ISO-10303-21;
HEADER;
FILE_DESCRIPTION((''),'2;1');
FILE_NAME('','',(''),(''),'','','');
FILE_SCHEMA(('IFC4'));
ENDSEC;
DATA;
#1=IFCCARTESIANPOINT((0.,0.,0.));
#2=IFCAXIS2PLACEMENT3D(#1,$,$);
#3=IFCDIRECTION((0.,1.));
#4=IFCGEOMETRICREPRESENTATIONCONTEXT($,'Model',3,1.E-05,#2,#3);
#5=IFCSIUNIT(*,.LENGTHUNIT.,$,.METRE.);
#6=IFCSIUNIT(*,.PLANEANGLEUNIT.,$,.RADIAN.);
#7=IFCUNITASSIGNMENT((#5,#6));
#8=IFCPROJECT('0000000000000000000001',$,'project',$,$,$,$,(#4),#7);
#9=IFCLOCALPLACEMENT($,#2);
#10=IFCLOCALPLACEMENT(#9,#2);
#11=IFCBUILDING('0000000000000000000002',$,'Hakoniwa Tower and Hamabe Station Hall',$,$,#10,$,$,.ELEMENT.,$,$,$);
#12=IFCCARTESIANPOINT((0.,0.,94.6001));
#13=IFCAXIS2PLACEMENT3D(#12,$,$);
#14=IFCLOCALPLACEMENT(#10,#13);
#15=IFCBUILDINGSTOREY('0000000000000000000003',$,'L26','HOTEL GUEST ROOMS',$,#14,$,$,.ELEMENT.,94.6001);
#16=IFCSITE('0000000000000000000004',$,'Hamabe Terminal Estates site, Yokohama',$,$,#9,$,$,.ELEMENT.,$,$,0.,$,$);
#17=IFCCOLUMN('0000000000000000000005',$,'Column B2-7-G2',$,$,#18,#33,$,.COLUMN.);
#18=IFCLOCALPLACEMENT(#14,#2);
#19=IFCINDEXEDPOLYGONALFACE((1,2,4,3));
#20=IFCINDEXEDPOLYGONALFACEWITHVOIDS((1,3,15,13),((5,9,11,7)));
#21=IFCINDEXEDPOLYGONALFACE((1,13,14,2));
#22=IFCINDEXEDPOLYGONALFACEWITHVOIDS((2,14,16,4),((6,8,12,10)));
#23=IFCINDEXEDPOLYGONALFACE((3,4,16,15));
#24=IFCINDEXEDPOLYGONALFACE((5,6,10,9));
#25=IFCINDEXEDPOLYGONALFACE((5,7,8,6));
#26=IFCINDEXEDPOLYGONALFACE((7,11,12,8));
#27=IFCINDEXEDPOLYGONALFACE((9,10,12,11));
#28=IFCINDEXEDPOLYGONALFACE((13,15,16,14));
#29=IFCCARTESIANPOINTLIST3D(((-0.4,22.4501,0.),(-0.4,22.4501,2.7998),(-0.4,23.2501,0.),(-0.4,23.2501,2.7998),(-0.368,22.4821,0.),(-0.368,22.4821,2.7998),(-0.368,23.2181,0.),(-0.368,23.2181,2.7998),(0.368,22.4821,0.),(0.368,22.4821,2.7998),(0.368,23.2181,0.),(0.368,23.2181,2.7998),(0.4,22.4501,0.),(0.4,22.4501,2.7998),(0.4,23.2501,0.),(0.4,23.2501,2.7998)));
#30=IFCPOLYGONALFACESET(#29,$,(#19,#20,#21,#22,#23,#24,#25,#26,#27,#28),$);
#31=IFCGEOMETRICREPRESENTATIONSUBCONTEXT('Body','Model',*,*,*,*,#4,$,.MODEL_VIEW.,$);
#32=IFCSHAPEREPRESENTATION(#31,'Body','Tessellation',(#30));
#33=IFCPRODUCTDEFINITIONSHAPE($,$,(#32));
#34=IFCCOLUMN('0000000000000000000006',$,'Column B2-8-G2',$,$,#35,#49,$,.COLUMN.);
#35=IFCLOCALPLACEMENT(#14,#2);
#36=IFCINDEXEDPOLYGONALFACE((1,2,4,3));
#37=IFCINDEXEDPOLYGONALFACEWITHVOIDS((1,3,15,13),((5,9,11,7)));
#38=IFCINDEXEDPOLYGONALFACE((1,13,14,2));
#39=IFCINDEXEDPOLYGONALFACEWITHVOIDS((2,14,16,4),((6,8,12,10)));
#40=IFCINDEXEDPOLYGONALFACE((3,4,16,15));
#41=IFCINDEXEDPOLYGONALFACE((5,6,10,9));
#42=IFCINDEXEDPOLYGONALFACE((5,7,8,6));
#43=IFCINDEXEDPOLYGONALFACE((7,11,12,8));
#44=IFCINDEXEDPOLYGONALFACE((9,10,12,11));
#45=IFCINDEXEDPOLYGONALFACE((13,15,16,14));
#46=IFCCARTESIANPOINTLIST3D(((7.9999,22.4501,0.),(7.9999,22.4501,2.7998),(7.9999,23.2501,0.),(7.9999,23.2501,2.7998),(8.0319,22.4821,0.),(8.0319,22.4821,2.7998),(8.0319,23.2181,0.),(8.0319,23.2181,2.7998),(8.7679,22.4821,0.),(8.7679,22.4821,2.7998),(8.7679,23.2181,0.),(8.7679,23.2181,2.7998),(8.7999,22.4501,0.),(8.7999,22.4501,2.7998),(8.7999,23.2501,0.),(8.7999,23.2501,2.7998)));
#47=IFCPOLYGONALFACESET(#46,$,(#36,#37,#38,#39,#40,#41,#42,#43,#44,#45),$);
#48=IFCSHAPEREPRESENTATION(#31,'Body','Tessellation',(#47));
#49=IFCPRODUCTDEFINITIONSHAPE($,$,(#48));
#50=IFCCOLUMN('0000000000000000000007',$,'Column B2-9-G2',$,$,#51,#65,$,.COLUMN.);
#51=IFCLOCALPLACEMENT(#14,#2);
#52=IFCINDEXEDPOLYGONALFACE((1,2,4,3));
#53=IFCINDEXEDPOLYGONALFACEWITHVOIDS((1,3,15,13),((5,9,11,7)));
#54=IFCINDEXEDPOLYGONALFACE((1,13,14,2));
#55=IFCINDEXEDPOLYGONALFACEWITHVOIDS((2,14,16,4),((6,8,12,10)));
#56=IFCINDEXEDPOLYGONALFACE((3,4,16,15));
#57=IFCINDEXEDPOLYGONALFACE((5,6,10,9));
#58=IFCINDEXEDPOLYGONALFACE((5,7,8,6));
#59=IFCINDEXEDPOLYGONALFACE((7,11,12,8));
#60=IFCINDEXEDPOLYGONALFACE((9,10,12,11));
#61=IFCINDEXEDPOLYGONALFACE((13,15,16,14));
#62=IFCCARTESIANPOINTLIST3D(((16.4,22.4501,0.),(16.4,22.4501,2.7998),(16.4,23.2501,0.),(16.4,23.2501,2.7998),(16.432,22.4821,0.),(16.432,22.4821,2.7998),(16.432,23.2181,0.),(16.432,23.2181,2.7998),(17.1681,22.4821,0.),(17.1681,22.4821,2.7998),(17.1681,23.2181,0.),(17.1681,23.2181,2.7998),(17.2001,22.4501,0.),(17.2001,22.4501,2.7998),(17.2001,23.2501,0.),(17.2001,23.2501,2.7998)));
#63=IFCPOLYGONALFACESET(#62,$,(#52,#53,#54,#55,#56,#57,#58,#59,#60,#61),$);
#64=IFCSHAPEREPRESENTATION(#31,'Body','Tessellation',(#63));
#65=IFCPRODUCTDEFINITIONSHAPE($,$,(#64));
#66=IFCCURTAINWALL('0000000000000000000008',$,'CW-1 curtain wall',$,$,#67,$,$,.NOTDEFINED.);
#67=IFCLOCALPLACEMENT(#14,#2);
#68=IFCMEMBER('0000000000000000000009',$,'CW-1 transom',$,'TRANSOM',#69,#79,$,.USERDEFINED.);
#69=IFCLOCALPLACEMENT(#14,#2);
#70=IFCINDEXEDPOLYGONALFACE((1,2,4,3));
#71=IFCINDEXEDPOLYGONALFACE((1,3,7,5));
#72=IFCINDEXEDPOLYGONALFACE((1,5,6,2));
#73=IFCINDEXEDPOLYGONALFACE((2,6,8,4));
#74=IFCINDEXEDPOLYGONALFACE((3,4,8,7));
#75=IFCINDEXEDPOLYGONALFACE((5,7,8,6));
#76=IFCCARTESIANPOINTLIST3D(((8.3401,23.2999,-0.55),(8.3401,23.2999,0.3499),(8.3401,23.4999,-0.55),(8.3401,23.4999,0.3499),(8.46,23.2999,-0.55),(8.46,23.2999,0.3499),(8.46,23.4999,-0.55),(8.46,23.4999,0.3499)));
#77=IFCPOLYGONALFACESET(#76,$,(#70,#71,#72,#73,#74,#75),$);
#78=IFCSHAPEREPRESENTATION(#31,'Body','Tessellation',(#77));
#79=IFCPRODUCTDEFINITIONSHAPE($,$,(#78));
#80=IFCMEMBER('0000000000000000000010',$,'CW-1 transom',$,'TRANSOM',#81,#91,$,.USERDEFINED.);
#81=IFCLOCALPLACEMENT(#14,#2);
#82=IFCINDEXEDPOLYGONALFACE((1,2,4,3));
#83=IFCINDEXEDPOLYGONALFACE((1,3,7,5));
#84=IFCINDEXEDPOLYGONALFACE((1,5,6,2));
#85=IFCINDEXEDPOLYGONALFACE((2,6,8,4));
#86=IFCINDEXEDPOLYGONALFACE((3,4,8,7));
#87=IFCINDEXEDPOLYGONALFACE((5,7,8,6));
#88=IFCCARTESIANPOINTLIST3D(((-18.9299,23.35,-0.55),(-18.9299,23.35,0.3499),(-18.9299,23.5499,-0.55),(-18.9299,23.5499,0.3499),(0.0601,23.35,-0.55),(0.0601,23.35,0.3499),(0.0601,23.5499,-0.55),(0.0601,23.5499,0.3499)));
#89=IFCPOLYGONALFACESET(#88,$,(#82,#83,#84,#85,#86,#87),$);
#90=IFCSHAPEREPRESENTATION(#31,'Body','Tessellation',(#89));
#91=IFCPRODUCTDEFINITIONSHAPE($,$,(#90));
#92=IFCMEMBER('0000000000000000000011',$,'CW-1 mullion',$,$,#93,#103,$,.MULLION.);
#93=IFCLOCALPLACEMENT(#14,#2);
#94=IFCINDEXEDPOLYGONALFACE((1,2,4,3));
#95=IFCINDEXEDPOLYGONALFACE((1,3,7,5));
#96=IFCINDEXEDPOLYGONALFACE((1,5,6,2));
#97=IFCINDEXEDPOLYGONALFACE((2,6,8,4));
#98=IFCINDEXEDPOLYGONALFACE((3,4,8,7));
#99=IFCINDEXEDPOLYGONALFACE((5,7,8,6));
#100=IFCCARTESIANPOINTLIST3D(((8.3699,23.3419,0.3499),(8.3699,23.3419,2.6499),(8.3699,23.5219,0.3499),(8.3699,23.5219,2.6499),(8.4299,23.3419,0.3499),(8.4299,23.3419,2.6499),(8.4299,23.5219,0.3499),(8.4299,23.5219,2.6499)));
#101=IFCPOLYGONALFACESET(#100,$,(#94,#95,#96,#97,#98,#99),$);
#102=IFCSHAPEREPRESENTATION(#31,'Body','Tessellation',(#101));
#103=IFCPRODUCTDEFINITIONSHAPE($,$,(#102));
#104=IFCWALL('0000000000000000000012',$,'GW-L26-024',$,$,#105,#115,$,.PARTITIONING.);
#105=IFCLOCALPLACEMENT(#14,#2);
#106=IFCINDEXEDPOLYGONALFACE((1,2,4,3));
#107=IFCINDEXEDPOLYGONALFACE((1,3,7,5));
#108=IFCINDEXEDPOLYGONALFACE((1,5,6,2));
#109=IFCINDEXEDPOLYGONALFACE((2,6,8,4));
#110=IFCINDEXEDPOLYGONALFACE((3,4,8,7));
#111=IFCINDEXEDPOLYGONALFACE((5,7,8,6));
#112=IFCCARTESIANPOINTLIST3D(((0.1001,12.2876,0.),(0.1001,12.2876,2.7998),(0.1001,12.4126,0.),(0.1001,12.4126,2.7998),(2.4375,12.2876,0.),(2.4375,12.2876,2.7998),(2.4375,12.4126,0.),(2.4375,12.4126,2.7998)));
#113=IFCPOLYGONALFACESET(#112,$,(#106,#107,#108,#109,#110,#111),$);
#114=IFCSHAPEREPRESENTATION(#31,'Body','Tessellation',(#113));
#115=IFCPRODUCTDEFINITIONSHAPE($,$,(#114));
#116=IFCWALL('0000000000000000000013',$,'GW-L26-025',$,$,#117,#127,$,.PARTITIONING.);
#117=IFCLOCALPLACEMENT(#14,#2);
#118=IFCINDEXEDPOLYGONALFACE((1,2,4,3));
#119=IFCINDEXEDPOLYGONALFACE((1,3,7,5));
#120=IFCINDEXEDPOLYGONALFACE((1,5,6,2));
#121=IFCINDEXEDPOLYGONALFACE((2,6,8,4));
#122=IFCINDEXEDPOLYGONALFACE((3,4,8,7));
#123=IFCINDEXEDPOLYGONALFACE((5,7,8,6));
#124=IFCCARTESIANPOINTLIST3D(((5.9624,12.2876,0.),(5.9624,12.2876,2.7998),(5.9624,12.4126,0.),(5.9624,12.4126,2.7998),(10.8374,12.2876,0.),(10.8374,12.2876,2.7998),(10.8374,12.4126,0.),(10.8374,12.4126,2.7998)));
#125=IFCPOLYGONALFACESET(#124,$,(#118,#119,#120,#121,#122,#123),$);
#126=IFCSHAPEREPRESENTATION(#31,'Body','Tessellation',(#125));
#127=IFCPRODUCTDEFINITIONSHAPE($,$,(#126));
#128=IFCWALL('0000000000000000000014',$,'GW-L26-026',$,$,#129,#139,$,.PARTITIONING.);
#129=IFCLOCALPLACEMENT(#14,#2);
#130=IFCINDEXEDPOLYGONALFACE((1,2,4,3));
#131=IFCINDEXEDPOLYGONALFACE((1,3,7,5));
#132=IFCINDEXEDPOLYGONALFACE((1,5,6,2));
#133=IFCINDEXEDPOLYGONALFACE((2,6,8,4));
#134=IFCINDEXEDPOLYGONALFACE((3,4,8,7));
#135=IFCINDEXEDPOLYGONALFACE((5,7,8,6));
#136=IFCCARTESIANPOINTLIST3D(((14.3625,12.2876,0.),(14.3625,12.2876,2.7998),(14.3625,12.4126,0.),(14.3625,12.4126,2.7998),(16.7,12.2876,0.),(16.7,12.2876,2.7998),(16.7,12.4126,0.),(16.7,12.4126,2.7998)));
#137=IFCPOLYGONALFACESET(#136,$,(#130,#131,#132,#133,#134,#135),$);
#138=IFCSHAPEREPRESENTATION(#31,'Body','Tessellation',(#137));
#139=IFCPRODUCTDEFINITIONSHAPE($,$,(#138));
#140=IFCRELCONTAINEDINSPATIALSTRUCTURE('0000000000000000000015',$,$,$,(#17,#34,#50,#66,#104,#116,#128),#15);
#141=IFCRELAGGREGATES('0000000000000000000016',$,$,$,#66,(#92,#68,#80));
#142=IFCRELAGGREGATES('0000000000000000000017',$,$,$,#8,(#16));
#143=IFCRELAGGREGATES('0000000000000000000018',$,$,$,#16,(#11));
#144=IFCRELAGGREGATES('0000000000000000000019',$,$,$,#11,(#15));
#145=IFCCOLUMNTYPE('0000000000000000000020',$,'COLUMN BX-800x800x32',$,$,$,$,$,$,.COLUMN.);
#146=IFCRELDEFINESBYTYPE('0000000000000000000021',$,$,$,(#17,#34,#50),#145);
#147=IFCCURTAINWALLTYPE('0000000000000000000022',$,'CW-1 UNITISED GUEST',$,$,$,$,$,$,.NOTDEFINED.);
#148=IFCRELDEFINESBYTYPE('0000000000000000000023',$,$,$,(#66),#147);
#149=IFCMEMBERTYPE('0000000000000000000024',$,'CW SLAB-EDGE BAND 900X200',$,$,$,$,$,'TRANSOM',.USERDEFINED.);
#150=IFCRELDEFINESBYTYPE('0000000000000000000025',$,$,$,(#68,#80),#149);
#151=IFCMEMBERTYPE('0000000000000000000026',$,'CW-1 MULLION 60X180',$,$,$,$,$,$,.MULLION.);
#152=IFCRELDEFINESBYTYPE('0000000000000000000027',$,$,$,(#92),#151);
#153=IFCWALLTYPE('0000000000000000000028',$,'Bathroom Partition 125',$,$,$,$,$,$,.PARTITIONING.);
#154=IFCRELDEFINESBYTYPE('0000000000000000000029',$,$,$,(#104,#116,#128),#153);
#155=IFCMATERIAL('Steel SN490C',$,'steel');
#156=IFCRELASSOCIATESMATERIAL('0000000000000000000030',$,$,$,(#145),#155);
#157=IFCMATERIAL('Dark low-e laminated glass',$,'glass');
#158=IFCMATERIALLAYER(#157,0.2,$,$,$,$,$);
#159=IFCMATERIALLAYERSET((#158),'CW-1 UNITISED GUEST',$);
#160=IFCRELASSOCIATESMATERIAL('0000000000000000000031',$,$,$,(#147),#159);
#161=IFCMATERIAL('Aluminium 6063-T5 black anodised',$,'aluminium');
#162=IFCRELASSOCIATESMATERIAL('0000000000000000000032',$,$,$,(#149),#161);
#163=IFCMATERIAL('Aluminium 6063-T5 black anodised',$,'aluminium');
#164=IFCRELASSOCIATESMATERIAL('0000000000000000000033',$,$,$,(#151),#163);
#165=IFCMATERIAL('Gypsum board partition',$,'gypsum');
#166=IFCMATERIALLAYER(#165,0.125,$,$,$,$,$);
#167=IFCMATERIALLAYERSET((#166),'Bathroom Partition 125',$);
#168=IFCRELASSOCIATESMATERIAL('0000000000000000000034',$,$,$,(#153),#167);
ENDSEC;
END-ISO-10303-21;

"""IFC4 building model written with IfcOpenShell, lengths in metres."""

from ifc_helpers import new_model, si_unit, direction, frame, frame_2d, origin, origin_2d, place, context, subcontext, project, spatial, rectangle, hollow_rectangle, extrude, material, layer, layer_set, material_profile, profile_set, type_object, element, aggregate, save


model = new_model("IFC4")

# Units and contexts
model_context = context("Model", 3, precision=1e-05, world=origin(), true_north=direction((0.0, 1.0)))
body_context = subcontext(model_context, "Body", "Model", "MODEL_VIEW")
ifc_project = project(units=[si_unit("LENGTHUNIT", "METRE"), si_unit("PLANEANGLEUNIT", "RADIAN")], contexts=[model_context])

# Site, building, storey
site_placement = place(None, origin())
site = spatial("IfcSite", under=ifc_project, at=site_placement, Name="Hamabe Terminal Estates site, Yokohama", CompositionType="ELEMENT", RefElevation=0.0)
building_placement = place(site_placement, origin())
building = spatial("IfcBuilding", under=site, at=building_placement, Name="Hakoniwa Tower and Hamabe Station Hall", CompositionType="ELEMENT")
storey_placement = place(building_placement, frame((0.0, 0.0, 94.6001)))
storey = spatial("IfcBuildingStorey", under=building, at=storey_placement, Name="L26", Description="HOTEL GUEST ROOMS", CompositionType="ELEMENT", Elevation=94.6001)

# Columns
ifc_material_1 = material(Name="Steel SN490C", Category="steel")
ifc_material_profile_1 = material_profile(ifc_material_1, hollow_rectangle(XDim=0.8, YDim=0.8, WallThickness=0.032, at=origin_2d()), Name="BX-800x800x32")
ifc_profile_set_1 = profile_set([ifc_material_profile_1], Name="Steel SN490C")
column_type = type_object("IfcColumnType", Name="COLUMN BX-800x800x32", PredefinedType="COLUMN", material=ifc_profile_set_1)
for number, where, z_axis, x_axis, name in (
    (1, (0.0, 22.8501, 0.0), (0.0, 0.0, 1.0), (1.0, 0.0, 0.0), "Column B2-7-G2"),
    (2, (8.3999, 22.8501, 0.0), (0.0, 0.0, 1.0), (1.0, 0.0, 0.0), "Column B2-8-G2"),
    (3, (16.8, 22.8501, 0.0), (0.0, 0.0, 1.0), (1.0, 0.0, 0.0), "Column B2-9-G2"),
):
    element("IfcColumn", number, at=place(storey_placement, frame(where, z_axis=z_axis, x_axis=x_axis)), inside=storey, type_object=column_type, Name=name, PredefinedType="COLUMN", context=body_context, shape_type="SweptSolid", body=[
        extrude(hollow_rectangle(XDim=0.8, YDim=0.8, WallThickness=0.032, at=origin_2d()), origin(), (0.0, 0.0, 1.0), 2.7998),
    ])

# Curtain wall, members
ifc_material_2 = material(Name="Dark low-e laminated glass", Category="glass")
ifc_layer_1 = layer(ifc_material_2, 0.2)
ifc_layer_set_1 = layer_set([ifc_layer_1], Name="CW-1 UNITISED GUEST")
curtain_wall_type = type_object("IfcCurtainWallType", Name="CW-1 UNITISED GUEST", PredefinedType="NOTDEFINED", material=ifc_layer_set_1)
curtain_wall_placement = place(storey_placement, origin())
curtain_wall = element("IfcCurtainWall", 4, at=curtain_wall_placement, inside=storey, type_object=curtain_wall_type, Name="CW-1 curtain wall", PredefinedType="NOTDEFINED")
ifc_material_3 = material(Name="Aluminium 6063-T5 black anodised", Category="aluminium")
ifc_material_profile_2 = material_profile(ifc_material_3, rectangle(XDim=0.2, YDim=0.8999, at=origin_2d()), Name="CW SLAB-EDGE BAND 900X200")
ifc_profile_set_2 = profile_set([ifc_material_profile_2], Name="Aluminium 6063-T5 black anodised")
member_type_1 = type_object("IfcMemberType", Name="CW SLAB-EDGE BAND 900X200", ElementType="TRANSOM", PredefinedType="USERDEFINED", material=ifc_profile_set_2)
member_1_placement = place(storey_placement, frame((8.46, 23.3999, -0.1001), z_axis=(-1.0, 0.0, 0.0), x_axis=(0.0, -1.0, 0.0)))
member_1 = element("IfcMember", 5, at=member_1_placement, type_object=member_type_1, Name="CW-1 transom", ObjectType="TRANSOM", PredefinedType="USERDEFINED", context=body_context, shape_type="SweptSolid", body=[
    extrude(rectangle(XDim=0.2, YDim=0.8999, at=origin_2d()), origin(), (0.0, 0.0, 1.0), 0.1199),
])
member_2_placement = place(storey_placement, frame((0.0601, 23.45, -0.1001), z_axis=(-1.0, 0.0, 0.0), x_axis=(0.0, -1.0, 0.0)))
member_2 = element("IfcMember", 6, at=member_2_placement, type_object=member_type_1, Name="CW-1 transom", ObjectType="TRANSOM", PredefinedType="USERDEFINED", context=body_context, shape_type="SweptSolid", body=[
    extrude(rectangle(XDim=0.2, YDim=0.8999, at=origin_2d()), origin(), (0.0, 0.0, 1.0), 18.99),
])
ifc_material_4 = material(Name="Aluminium 6063-T5 black anodised", Category="aluminium")
ifc_material_profile_3 = material_profile(ifc_material_4, rectangle(XDim=0.0601, YDim=0.1799, at=origin_2d()), Name="CW-1 MULLION 60X180")
ifc_profile_set_3 = profile_set([ifc_material_profile_3], Name="Aluminium 6063-T5 black anodised")
member_type_2 = type_object("IfcMemberType", Name="CW-1 MULLION 60X180", PredefinedType="MULLION", material=ifc_profile_set_3)
member_3_placement = place(storey_placement, frame((8.3999, 23.4319, 0.3499), z_axis=(0.0, 0.0, 1.0), x_axis=(-1.0, 0.0, 0.0)))
member_3 = element("IfcMember", 7, at=member_3_placement, type_object=member_type_2, Name="CW-1 mullion", PredefinedType="MULLION", context=body_context, shape_type="SweptSolid", body=[
    extrude(rectangle(XDim=0.0601, YDim=0.1799, at=origin_2d()), origin(), (0.0, 0.0, 1.0), 2.3),
])

# Walls
ifc_material_5 = material(Name="Gypsum board partition", Category="gypsum")
ifc_layer_2 = layer(ifc_material_5, 0.125)
ifc_layer_set_2 = layer_set([ifc_layer_2], Name="Bathroom Partition 125")
wall_type_1 = type_object("IfcWallType", Name="Bathroom Partition 125", PredefinedType="PARTITIONING", material=ifc_layer_set_2)
wall_1_placement = place(storey_placement, frame((0.1001, 12.3501, 0.0), z_axis=(0.0, 0.0, 1.0), x_axis=(1.0, 0.0, 0.0)))
element("IfcWall", 8, at=wall_1_placement, inside=storey, type_object=wall_type_1, Name="GW-L26-024", PredefinedType="PARTITIONING", context=body_context, shape_type="SweptSolid", body=[
    extrude(rectangle(XDim=2.3374, YDim=0.125, at=frame_2d((1.1687, 0.0))), origin(), (0.0, 0.0, 1.0), 2.7998),
])
wall_2_placement = place(storey_placement, frame((5.9624, 12.3501, 0.0), z_axis=(0.0, 0.0, 1.0), x_axis=(1.0, 0.0, 0.0)))
element("IfcWall", 9, at=wall_2_placement, inside=storey, type_object=wall_type_1, Name="GW-L26-025", PredefinedType="PARTITIONING", context=body_context, shape_type="SweptSolid", body=[
    extrude(rectangle(XDim=4.875, YDim=0.125, at=frame_2d((2.4375, 0.0))), origin(), (0.0, 0.0, 1.0), 2.7998),
])
wall_3_placement = place(storey_placement, frame((14.3625, 12.3501, 0.0), z_axis=(0.0, 0.0, 1.0), x_axis=(1.0, 0.0, 0.0)))
element("IfcWall", 10, at=wall_3_placement, inside=storey, type_object=wall_type_1, Name="GW-L26-026", PredefinedType="PARTITIONING", context=body_context, shape_type="SweptSolid", body=[
    extrude(rectangle(XDim=2.3374, YDim=0.125, at=frame_2d((1.1687, 0.0))), origin(), (0.0, 0.0, 1.0), 2.7998),
])

aggregate(curtain_wall, [member_3, member_1, member_2])

save(model, "model.ifc")
